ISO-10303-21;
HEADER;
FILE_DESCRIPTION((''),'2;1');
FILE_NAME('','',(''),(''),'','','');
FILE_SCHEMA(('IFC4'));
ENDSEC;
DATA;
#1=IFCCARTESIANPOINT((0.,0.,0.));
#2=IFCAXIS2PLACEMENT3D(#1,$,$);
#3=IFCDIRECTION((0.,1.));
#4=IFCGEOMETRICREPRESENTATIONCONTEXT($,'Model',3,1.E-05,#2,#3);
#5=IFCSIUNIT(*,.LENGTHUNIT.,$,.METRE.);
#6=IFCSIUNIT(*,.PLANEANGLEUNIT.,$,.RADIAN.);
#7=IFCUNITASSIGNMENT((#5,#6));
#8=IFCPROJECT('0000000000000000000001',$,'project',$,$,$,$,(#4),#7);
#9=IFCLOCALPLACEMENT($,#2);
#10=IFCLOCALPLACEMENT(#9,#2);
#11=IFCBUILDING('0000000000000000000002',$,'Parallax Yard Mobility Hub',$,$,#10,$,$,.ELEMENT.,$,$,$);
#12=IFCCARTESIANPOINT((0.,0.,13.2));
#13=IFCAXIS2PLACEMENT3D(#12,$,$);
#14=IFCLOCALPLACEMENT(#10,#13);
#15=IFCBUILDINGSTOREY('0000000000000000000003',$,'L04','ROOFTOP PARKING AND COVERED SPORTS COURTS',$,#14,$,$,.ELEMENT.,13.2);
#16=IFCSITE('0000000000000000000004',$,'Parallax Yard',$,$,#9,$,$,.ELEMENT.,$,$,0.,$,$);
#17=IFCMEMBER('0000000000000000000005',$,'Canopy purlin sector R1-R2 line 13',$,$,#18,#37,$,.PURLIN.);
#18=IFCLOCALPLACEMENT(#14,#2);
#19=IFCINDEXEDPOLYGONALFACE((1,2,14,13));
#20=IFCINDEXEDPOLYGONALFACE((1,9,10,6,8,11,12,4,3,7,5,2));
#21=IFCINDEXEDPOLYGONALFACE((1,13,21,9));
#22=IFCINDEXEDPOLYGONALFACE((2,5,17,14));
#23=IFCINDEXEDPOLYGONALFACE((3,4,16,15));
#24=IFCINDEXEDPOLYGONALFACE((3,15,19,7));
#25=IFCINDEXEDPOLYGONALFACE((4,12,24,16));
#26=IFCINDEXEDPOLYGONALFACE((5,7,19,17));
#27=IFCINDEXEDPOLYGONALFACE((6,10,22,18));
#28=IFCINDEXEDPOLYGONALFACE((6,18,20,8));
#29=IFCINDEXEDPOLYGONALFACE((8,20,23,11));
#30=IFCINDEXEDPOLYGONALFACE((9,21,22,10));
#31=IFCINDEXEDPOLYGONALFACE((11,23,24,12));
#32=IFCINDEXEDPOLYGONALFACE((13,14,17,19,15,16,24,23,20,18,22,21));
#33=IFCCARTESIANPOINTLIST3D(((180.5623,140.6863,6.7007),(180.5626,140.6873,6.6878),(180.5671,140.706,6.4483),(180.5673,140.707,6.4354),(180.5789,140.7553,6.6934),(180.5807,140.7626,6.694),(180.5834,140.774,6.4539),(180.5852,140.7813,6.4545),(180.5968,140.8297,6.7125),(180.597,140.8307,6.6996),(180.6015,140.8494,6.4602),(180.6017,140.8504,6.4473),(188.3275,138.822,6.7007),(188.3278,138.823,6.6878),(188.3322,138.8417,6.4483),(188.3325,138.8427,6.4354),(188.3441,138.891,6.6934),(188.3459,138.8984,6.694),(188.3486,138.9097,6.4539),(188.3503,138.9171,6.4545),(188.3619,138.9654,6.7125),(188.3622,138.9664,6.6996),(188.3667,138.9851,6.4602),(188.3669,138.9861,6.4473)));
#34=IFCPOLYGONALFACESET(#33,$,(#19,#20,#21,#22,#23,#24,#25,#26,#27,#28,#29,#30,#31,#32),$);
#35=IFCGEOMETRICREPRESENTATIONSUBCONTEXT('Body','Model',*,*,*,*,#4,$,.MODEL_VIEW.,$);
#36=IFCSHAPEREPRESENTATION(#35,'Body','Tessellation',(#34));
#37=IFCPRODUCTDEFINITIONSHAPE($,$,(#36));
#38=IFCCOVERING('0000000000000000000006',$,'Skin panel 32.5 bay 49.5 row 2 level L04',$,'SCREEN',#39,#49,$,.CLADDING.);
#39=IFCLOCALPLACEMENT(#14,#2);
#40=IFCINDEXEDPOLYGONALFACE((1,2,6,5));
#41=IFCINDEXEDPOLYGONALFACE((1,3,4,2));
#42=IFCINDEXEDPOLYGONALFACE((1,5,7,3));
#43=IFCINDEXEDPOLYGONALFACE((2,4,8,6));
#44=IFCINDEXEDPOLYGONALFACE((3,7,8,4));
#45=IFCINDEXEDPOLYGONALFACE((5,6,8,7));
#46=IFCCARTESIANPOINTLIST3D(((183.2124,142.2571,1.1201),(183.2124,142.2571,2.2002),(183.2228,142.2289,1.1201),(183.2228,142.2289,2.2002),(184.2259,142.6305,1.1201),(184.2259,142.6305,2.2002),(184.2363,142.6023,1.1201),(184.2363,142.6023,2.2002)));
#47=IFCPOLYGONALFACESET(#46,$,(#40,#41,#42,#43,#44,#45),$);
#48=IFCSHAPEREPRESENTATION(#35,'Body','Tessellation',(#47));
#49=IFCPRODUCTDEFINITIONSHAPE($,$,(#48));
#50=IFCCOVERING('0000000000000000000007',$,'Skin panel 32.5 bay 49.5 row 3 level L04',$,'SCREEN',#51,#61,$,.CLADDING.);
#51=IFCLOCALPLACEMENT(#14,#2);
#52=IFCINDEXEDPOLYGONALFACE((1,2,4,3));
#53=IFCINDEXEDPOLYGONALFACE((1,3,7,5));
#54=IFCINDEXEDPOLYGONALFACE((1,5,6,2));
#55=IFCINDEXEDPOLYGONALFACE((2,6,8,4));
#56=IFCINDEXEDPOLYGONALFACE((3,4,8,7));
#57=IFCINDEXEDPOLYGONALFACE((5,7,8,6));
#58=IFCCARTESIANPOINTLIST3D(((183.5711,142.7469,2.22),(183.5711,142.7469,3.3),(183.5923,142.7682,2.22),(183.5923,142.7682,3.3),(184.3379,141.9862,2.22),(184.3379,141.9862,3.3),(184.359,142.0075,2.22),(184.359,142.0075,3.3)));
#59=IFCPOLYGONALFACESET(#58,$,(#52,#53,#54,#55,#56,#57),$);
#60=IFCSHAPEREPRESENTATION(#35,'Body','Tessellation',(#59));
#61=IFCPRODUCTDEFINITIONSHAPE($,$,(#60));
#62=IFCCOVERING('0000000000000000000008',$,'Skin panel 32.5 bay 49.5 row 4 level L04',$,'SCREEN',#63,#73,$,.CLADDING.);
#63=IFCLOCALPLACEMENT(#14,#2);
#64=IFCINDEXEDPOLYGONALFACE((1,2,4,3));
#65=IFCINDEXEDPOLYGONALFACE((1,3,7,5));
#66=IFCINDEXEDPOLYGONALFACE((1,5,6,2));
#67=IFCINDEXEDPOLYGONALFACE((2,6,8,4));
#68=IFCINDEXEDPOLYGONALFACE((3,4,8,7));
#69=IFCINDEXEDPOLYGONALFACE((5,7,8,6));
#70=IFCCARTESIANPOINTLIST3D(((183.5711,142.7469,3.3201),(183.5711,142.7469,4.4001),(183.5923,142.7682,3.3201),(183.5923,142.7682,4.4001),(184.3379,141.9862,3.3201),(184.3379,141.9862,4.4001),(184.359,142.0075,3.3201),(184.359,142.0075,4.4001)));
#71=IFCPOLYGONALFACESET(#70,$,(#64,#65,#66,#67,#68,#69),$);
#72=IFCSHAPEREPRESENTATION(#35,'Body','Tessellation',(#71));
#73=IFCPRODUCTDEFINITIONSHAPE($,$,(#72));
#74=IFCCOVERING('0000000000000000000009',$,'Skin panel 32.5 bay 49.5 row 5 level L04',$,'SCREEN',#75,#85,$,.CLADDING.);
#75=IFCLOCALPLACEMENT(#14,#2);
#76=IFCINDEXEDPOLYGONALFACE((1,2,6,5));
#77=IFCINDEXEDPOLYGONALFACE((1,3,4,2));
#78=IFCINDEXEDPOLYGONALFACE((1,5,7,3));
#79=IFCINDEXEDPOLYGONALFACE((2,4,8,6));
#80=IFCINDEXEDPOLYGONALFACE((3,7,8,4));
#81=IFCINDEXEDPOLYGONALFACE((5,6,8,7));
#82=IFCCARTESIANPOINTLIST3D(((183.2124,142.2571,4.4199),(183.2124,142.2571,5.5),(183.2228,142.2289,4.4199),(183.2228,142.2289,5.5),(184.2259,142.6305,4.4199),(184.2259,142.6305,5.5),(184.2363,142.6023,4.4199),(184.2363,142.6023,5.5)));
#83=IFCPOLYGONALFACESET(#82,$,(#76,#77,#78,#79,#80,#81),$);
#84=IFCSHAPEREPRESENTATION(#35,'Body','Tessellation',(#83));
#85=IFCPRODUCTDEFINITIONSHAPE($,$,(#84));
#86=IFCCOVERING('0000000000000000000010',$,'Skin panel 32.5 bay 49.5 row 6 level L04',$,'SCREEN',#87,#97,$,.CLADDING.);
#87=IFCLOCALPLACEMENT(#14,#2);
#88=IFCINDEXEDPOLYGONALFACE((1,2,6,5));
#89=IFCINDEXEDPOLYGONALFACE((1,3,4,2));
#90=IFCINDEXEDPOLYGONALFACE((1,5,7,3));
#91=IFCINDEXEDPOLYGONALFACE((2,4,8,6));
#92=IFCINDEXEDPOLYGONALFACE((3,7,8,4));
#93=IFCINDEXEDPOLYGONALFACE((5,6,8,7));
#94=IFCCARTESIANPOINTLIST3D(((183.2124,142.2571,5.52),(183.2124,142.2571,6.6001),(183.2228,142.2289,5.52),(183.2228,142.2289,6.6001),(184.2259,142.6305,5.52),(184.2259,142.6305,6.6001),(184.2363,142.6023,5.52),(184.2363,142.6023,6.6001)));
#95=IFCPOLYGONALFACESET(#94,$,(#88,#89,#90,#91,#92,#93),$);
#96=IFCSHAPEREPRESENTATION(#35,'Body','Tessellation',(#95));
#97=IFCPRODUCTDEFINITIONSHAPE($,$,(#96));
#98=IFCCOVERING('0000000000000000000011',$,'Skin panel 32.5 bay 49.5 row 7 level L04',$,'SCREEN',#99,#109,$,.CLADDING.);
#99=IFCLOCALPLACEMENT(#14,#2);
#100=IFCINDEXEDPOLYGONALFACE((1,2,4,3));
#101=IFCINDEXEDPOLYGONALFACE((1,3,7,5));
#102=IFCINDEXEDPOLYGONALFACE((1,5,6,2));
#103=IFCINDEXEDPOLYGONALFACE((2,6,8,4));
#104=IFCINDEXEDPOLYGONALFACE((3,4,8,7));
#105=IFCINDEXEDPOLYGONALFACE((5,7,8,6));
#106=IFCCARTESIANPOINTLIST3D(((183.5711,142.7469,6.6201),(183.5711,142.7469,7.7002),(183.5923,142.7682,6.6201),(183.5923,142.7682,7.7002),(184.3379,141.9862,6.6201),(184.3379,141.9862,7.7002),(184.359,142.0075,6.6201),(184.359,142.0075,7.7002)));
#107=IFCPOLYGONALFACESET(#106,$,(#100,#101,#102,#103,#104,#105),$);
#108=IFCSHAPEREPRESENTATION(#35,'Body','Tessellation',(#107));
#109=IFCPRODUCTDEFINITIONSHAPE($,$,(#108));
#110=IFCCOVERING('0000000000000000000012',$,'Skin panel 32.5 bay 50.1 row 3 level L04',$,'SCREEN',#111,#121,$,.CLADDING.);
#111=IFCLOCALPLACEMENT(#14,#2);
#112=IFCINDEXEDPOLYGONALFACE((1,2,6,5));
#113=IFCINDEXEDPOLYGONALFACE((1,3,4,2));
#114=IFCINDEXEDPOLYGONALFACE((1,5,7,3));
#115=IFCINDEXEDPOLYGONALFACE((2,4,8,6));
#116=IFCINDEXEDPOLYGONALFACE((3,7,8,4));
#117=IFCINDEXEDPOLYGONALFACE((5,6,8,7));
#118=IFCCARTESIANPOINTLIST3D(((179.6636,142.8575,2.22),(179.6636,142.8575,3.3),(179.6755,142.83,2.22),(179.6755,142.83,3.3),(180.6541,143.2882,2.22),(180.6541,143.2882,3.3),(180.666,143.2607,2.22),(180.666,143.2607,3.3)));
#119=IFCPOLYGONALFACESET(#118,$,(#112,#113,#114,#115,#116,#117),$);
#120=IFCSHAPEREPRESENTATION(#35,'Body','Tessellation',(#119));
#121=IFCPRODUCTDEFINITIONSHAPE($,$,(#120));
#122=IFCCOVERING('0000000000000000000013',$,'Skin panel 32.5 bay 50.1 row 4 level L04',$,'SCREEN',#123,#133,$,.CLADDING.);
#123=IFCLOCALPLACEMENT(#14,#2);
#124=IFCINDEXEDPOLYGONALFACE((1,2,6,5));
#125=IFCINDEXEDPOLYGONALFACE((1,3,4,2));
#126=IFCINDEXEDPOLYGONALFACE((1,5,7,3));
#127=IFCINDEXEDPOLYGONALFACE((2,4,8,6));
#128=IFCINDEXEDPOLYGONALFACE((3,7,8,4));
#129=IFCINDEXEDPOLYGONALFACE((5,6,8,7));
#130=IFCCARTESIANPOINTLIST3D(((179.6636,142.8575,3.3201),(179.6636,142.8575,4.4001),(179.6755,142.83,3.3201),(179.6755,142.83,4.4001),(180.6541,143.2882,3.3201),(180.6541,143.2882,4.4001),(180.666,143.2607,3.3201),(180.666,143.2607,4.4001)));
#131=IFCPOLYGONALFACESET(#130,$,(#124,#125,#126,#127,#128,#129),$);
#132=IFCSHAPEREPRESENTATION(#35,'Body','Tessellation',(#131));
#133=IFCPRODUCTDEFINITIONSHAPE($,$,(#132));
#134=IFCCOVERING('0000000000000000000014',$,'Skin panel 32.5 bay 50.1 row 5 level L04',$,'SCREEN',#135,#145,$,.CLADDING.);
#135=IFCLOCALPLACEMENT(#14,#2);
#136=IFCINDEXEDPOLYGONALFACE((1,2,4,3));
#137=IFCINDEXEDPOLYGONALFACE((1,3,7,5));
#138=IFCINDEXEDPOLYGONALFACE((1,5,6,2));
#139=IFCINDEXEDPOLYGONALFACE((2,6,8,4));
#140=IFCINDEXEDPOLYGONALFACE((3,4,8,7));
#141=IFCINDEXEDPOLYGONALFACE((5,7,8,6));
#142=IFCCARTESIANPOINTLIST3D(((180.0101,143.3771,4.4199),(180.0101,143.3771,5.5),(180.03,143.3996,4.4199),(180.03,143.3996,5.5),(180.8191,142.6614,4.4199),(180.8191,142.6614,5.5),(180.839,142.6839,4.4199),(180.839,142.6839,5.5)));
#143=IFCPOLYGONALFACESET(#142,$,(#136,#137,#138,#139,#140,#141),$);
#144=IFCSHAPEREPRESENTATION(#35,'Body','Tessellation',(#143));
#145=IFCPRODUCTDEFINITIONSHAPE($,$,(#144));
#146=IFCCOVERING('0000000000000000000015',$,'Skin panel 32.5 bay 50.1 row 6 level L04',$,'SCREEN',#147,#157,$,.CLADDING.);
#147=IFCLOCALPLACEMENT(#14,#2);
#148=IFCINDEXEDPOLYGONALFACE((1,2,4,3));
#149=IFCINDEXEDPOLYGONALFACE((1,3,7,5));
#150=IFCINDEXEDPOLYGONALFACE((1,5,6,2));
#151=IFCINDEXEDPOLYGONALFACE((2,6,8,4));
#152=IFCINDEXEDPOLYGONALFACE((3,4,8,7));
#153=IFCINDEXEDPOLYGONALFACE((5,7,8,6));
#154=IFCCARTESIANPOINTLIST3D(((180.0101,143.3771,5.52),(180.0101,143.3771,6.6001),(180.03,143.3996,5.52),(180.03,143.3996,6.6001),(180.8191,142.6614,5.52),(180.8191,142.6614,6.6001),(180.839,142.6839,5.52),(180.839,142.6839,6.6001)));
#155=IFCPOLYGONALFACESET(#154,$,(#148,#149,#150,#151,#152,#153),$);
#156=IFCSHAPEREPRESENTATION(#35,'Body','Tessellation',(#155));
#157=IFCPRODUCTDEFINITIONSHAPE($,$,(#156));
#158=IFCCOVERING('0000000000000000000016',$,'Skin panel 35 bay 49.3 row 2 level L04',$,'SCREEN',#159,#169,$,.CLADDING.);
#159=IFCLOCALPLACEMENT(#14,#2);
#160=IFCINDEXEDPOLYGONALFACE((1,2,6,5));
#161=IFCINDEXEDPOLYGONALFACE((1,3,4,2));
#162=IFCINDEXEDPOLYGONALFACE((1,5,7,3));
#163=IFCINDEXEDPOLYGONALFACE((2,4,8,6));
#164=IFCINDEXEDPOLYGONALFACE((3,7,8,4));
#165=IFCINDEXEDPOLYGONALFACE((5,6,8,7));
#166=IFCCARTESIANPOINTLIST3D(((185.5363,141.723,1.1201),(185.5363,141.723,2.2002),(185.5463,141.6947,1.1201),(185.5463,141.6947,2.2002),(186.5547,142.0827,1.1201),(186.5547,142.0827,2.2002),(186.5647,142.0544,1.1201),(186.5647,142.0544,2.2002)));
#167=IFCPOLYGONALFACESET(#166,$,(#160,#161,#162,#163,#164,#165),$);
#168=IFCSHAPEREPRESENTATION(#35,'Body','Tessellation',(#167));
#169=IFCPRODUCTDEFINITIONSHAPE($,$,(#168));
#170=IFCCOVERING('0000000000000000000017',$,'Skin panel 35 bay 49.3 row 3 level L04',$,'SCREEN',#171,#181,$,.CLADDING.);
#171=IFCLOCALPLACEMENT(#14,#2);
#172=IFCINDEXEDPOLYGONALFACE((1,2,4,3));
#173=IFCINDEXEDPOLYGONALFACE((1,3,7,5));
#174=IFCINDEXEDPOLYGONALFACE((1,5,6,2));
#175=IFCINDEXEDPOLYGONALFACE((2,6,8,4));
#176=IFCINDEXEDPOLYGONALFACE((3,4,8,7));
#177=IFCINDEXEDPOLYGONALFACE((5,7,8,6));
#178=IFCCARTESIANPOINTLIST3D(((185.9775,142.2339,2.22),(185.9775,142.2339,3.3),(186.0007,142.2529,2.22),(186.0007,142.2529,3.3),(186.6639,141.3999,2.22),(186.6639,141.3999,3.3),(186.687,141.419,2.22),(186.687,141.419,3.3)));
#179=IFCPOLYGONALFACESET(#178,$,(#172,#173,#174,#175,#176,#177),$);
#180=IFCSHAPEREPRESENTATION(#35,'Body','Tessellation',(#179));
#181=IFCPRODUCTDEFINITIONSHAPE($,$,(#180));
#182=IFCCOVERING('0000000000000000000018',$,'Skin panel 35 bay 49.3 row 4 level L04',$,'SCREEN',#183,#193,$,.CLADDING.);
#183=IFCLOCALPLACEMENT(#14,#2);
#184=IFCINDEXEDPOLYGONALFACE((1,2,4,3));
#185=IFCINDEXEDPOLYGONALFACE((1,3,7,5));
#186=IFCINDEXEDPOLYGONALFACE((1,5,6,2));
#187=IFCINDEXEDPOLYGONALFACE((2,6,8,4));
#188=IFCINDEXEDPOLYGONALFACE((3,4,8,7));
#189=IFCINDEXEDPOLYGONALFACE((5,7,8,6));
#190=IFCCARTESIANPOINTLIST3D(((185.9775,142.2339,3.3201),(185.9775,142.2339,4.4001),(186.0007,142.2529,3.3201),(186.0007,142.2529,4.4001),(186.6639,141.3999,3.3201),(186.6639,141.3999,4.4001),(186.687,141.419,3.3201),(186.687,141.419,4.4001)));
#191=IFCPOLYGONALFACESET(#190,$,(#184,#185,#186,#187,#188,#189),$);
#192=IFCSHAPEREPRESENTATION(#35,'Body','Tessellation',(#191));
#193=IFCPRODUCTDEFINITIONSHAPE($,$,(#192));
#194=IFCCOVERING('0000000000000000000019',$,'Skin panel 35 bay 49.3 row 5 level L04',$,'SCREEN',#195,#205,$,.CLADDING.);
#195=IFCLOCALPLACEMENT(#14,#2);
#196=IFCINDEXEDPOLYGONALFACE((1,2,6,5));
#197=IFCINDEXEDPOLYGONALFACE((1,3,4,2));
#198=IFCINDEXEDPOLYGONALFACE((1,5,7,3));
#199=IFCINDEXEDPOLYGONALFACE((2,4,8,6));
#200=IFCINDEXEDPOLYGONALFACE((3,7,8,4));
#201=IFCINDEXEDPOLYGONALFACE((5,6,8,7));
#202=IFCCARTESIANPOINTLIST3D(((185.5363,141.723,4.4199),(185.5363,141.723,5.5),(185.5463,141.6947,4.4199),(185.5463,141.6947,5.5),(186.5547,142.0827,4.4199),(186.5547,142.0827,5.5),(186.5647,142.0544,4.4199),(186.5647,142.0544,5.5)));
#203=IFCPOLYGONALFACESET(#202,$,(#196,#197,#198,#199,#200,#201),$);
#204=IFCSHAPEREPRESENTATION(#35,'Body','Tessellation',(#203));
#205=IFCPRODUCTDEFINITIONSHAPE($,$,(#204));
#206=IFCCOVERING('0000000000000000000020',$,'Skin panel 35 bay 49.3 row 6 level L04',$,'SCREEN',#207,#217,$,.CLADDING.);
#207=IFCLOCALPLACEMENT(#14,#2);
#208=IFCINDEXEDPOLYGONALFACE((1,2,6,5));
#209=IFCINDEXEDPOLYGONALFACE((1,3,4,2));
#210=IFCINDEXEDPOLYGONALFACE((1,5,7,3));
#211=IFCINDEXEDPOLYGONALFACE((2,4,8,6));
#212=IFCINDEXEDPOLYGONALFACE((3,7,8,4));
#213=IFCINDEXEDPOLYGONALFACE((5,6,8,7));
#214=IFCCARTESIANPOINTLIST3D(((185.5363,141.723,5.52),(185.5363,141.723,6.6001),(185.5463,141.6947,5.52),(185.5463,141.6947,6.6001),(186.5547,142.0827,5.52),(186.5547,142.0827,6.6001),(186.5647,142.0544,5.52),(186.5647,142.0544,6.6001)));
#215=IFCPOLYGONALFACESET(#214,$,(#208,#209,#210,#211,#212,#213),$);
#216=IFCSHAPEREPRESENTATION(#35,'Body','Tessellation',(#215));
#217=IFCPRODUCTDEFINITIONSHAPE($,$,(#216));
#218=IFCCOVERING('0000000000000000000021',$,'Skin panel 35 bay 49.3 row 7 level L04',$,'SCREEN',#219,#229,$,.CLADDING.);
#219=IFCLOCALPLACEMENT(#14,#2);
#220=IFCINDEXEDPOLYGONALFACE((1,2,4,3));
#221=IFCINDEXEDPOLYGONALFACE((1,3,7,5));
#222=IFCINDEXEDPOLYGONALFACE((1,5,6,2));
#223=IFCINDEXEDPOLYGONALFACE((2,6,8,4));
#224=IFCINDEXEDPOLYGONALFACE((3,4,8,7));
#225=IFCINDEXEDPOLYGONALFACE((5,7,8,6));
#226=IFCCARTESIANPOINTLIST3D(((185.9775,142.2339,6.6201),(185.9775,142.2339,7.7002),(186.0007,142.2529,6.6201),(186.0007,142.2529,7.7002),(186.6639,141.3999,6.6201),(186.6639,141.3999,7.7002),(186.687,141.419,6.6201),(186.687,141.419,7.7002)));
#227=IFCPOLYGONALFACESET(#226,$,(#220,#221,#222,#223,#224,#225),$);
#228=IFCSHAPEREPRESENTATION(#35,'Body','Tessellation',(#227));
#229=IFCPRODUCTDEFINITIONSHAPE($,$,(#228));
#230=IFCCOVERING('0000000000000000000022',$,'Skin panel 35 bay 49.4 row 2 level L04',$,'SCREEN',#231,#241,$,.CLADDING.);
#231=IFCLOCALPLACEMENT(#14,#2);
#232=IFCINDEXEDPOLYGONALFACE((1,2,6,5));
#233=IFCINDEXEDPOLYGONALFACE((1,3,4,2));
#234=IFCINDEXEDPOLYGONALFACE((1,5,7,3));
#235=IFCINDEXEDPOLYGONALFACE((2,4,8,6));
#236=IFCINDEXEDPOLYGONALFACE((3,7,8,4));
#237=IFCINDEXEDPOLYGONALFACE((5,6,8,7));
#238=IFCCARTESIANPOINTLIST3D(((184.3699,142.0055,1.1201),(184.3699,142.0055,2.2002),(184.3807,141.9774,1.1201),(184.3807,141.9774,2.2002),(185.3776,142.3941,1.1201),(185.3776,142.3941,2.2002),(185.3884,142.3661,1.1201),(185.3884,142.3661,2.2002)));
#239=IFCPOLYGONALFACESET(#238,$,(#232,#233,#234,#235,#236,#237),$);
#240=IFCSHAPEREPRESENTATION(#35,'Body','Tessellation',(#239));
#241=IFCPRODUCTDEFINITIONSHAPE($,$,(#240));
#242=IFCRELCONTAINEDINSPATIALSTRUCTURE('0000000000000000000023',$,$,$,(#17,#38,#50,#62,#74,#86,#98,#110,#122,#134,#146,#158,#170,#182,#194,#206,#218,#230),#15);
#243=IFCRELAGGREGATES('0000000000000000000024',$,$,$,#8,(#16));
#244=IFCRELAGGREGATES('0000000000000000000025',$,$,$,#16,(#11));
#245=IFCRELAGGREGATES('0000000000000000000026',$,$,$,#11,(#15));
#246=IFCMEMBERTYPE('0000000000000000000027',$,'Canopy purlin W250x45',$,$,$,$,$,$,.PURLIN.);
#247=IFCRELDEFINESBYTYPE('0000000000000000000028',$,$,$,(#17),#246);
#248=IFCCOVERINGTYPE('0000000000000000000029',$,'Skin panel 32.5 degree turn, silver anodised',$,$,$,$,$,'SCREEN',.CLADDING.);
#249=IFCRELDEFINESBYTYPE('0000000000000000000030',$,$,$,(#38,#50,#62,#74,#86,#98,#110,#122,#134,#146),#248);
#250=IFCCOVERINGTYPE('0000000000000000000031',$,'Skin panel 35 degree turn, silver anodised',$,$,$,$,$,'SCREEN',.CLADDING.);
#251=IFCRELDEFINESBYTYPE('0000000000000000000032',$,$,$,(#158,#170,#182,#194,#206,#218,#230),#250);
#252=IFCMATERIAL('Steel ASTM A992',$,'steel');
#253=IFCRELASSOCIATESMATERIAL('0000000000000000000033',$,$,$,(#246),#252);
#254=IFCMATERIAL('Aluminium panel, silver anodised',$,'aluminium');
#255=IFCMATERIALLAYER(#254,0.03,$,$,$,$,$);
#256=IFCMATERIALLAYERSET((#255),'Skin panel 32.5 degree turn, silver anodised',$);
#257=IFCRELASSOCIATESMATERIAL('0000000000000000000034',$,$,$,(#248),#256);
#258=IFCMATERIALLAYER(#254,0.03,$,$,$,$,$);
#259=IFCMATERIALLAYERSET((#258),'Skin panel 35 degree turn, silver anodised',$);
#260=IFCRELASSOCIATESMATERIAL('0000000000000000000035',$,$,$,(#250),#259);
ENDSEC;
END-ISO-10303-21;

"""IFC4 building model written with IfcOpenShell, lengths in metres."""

from ifc_helpers import new_model, si_unit, direction, frame, origin, origin_2d, place, context, subcontext, project, spatial, rectangle, i_section, extrude, material, layer, layer_set, material_profile, profile_set, type_object, element, save


model = new_model("IFC4")

# Units and contexts
model_context = context("Model", 3, precision=1e-05, world=origin(), true_north=direction((0.0, 1.0)))
body_context = subcontext(model_context, "Body", "Model", "MODEL_VIEW")
ifc_project = project(units=[si_unit("LENGTHUNIT", "METRE"), si_unit("PLANEANGLEUNIT", "RADIAN")], contexts=[model_context])

# Site, building, storey
site_placement = place(None, origin())
site = spatial("IfcSite", under=ifc_project, at=site_placement, Name="Parallax Yard", CompositionType="ELEMENT", RefElevation=0.0)
building_placement = place(site_placement, origin())
building = spatial("IfcBuilding", under=site, at=building_placement, Name="Parallax Yard Mobility Hub", CompositionType="ELEMENT")
storey_placement = place(building_placement, frame((0.0, 0.0, 13.2)))
storey = spatial("IfcBuildingStorey", under=building, at=storey_placement, Name="L04", Description="ROOFTOP PARKING AND COVERED SPORTS COURTS", CompositionType="ELEMENT", Elevation=13.2)

# Member
ifc_material_1 = material(Name="Steel ASTM A992", Category="steel")
ifc_material_profile = material_profile(ifc_material_1, i_section(OverallWidth=0.1479, OverallDepth=0.2661, WebThickness=0.0076, FlangeThickness=0.0129, at=origin_2d()), Name="W250x45")
ifc_profile_set = profile_set([ifc_material_profile], Name="Steel ASTM A992")
member_type = type_object("IfcMemberType", Name="Canopy purlin W250x45", PredefinedType="PURLIN", material=ifc_profile_set)
member_placement = place(storey_placement, frame((180.582, 140.7683, 6.574), z_axis=(0.97237, -0.233447, 0.0), x_axis=(0.232699, 0.969254, 0.07999)))
element("IfcMember", 1, at=member_placement, inside=storey, type_object=member_type, Name="Canopy purlin sector R1-R2 line 13", PredefinedType="PURLIN", context=body_context, shape_type="SweptSolid", body=[
    extrude(i_section(OverallWidth=0.1479, OverallDepth=0.2661, WebThickness=0.0076, FlangeThickness=0.0129, at=origin_2d()), origin(), (0.0, 0.0, 1.0), 7.9858),
])

# Coverings
ifc_material_2 = material(Name="Aluminium panel, silver anodised", Category="aluminium")
ifc_layer_1 = layer(ifc_material_2, 0.03)
ifc_layer_set_1 = layer_set([ifc_layer_1], Name="Skin panel 32.5 degree turn, silver anodised")
covering_type_1 = type_object("IfcCoveringType", Name="Skin panel 32.5 degree turn, silver anodised", ElementType="SCREEN", PredefinedType="CLADDING", material=ifc_layer_set_1)
for number, where, z_axis, x_axis, name in (
    (2, (183.7244, 142.4297, 1.1201), (0.0, 0.0, 1.0), (0.938328, 0.345745, 0.0), "Skin panel 32.5 bay 49.5 row 2 level L04"),
    (3, (183.9651, 142.3772, 2.22), (0.0, 0.0, 1.0), (-0.709906, 0.704296, 0.0), "Skin panel 32.5 bay 49.5 row 3 level L04"),
    (4, (183.9651, 142.3772, 3.3201), (0.0, 0.0, 1.0), (-0.709906, 0.704296, 0.0), "Skin panel 32.5 bay 49.5 row 4 level L04"),
    (5, (183.7244, 142.4297, 4.4199), (0.0, 0.0, 1.0), (0.938328, 0.345745, 0.0), "Skin panel 32.5 bay 49.5 row 5 level L04"),
    (6, (183.7244, 142.4297, 5.52), (0.0, 0.0, 1.0), (0.938328, 0.345745, 0.0), "Skin panel 32.5 bay 49.5 row 6 level L04"),
    (7, (183.9651, 142.3772, 6.6201), (0.0, 0.0, 1.0), (-0.709906, 0.704296, 0.0), "Skin panel 32.5 bay 49.5 row 7 level L04"),
    (8, (180.1648, 143.0591, 2.22), (0.0, 0.0, 1.0), (0.91706, 0.398749, 0.0), "Skin panel 32.5 bay 50.1 row 3 level L04"),
    (9, (180.1648, 143.0591, 3.3201), (0.0, 0.0, 1.0), (0.91706, 0.398749, 0.0), "Skin panel 32.5 bay 50.1 row 4 level L04"),
    (10, (180.4246, 143.0305, 4.4199), (0.0, 0.0, 1.0), (-0.748956, 0.66262, 0.0), "Skin panel 32.5 bay 50.1 row 5 level L04"),
    (11, (180.4246, 143.0305, 5.52), (0.0, 0.0, 1.0), (-0.748956, 0.66262, 0.0), "Skin panel 32.5 bay 50.1 row 6 level L04"),
):
    element("IfcCovering", number, at=place(storey_placement, frame(where, z_axis=z_axis, x_axis=x_axis)), inside=storey, type_object=covering_type_1, Name=name, ObjectType="SCREEN", PredefinedType="CLADDING", context=body_context, shape_type="SweptSolid", body=[
        extrude(rectangle(XDim=1.0801, YDim=0.03, at=origin_2d()), origin(), (0.0, 0.0, 1.0), 1.0801),
    ])
ifc_layer_2 = layer(ifc_material_2, 0.03)
ifc_layer_set_2 = layer_set([ifc_layer_2], Name="Skin panel 35 degree turn, silver anodised")
covering_type_2 = type_object("IfcCoveringType", Name="Skin panel 35 degree turn, silver anodised", ElementType="SCREEN", PredefinedType="CLADDING", material=ifc_layer_set_2)
for number, where, z_axis, x_axis, name in (
    (12, (186.0505, 141.8887, 1.1201), (0.0, 0.0, 1.0), (0.942906, 0.333058, 0.0), "Skin panel 35 bay 49.3 row 2 level L04"),
    (13, (186.3323, 141.8264, 2.22), (0.0, 0.0, 1.0), (-0.635465, 0.772129, 0.0), "Skin panel 35 bay 49.3 row 3 level L04"),
    (14, (186.3323, 141.8264, 3.3201), (0.0, 0.0, 1.0), (-0.635465, 0.772129, 0.0), "Skin panel 35 bay 49.3 row 4 level L04"),
    (15, (186.0505, 141.8887, 4.4199), (0.0, 0.0, 1.0), (0.942906, 0.333058, 0.0), "Skin panel 35 bay 49.3 row 5 level L04"),
    (16, (186.0505, 141.8887, 5.52), (0.0, 0.0, 1.0), (0.942906, 0.333058, 0.0), "Skin panel 35 bay 49.3 row 6 level L04"),
    (17, (186.3323, 141.8264, 6.6201), (0.0, 0.0, 1.0), (-0.635465, 0.772129, 0.0), "Skin panel 35 bay 49.3 row 7 level L04"),
    (18, (184.8792, 142.1858, 1.1201), (0.0, 0.0, 1.0), (0.933011, 0.359849, 0.0), "Skin panel 35 bay 49.4 row 2 level L04"),
):
    element("IfcCovering", number, at=place(storey_placement, frame(where, z_axis=z_axis, x_axis=x_axis)), inside=storey, type_object=covering_type_2, Name=name, ObjectType="SCREEN", PredefinedType="CLADDING", context=body_context, shape_type="SweptSolid", body=[
        extrude(rectangle(XDim=1.0801, YDim=0.03, at=origin_2d()), origin(), (0.0, 0.0, 1.0), 1.0801),
    ])

save(model, "model.ifc")
